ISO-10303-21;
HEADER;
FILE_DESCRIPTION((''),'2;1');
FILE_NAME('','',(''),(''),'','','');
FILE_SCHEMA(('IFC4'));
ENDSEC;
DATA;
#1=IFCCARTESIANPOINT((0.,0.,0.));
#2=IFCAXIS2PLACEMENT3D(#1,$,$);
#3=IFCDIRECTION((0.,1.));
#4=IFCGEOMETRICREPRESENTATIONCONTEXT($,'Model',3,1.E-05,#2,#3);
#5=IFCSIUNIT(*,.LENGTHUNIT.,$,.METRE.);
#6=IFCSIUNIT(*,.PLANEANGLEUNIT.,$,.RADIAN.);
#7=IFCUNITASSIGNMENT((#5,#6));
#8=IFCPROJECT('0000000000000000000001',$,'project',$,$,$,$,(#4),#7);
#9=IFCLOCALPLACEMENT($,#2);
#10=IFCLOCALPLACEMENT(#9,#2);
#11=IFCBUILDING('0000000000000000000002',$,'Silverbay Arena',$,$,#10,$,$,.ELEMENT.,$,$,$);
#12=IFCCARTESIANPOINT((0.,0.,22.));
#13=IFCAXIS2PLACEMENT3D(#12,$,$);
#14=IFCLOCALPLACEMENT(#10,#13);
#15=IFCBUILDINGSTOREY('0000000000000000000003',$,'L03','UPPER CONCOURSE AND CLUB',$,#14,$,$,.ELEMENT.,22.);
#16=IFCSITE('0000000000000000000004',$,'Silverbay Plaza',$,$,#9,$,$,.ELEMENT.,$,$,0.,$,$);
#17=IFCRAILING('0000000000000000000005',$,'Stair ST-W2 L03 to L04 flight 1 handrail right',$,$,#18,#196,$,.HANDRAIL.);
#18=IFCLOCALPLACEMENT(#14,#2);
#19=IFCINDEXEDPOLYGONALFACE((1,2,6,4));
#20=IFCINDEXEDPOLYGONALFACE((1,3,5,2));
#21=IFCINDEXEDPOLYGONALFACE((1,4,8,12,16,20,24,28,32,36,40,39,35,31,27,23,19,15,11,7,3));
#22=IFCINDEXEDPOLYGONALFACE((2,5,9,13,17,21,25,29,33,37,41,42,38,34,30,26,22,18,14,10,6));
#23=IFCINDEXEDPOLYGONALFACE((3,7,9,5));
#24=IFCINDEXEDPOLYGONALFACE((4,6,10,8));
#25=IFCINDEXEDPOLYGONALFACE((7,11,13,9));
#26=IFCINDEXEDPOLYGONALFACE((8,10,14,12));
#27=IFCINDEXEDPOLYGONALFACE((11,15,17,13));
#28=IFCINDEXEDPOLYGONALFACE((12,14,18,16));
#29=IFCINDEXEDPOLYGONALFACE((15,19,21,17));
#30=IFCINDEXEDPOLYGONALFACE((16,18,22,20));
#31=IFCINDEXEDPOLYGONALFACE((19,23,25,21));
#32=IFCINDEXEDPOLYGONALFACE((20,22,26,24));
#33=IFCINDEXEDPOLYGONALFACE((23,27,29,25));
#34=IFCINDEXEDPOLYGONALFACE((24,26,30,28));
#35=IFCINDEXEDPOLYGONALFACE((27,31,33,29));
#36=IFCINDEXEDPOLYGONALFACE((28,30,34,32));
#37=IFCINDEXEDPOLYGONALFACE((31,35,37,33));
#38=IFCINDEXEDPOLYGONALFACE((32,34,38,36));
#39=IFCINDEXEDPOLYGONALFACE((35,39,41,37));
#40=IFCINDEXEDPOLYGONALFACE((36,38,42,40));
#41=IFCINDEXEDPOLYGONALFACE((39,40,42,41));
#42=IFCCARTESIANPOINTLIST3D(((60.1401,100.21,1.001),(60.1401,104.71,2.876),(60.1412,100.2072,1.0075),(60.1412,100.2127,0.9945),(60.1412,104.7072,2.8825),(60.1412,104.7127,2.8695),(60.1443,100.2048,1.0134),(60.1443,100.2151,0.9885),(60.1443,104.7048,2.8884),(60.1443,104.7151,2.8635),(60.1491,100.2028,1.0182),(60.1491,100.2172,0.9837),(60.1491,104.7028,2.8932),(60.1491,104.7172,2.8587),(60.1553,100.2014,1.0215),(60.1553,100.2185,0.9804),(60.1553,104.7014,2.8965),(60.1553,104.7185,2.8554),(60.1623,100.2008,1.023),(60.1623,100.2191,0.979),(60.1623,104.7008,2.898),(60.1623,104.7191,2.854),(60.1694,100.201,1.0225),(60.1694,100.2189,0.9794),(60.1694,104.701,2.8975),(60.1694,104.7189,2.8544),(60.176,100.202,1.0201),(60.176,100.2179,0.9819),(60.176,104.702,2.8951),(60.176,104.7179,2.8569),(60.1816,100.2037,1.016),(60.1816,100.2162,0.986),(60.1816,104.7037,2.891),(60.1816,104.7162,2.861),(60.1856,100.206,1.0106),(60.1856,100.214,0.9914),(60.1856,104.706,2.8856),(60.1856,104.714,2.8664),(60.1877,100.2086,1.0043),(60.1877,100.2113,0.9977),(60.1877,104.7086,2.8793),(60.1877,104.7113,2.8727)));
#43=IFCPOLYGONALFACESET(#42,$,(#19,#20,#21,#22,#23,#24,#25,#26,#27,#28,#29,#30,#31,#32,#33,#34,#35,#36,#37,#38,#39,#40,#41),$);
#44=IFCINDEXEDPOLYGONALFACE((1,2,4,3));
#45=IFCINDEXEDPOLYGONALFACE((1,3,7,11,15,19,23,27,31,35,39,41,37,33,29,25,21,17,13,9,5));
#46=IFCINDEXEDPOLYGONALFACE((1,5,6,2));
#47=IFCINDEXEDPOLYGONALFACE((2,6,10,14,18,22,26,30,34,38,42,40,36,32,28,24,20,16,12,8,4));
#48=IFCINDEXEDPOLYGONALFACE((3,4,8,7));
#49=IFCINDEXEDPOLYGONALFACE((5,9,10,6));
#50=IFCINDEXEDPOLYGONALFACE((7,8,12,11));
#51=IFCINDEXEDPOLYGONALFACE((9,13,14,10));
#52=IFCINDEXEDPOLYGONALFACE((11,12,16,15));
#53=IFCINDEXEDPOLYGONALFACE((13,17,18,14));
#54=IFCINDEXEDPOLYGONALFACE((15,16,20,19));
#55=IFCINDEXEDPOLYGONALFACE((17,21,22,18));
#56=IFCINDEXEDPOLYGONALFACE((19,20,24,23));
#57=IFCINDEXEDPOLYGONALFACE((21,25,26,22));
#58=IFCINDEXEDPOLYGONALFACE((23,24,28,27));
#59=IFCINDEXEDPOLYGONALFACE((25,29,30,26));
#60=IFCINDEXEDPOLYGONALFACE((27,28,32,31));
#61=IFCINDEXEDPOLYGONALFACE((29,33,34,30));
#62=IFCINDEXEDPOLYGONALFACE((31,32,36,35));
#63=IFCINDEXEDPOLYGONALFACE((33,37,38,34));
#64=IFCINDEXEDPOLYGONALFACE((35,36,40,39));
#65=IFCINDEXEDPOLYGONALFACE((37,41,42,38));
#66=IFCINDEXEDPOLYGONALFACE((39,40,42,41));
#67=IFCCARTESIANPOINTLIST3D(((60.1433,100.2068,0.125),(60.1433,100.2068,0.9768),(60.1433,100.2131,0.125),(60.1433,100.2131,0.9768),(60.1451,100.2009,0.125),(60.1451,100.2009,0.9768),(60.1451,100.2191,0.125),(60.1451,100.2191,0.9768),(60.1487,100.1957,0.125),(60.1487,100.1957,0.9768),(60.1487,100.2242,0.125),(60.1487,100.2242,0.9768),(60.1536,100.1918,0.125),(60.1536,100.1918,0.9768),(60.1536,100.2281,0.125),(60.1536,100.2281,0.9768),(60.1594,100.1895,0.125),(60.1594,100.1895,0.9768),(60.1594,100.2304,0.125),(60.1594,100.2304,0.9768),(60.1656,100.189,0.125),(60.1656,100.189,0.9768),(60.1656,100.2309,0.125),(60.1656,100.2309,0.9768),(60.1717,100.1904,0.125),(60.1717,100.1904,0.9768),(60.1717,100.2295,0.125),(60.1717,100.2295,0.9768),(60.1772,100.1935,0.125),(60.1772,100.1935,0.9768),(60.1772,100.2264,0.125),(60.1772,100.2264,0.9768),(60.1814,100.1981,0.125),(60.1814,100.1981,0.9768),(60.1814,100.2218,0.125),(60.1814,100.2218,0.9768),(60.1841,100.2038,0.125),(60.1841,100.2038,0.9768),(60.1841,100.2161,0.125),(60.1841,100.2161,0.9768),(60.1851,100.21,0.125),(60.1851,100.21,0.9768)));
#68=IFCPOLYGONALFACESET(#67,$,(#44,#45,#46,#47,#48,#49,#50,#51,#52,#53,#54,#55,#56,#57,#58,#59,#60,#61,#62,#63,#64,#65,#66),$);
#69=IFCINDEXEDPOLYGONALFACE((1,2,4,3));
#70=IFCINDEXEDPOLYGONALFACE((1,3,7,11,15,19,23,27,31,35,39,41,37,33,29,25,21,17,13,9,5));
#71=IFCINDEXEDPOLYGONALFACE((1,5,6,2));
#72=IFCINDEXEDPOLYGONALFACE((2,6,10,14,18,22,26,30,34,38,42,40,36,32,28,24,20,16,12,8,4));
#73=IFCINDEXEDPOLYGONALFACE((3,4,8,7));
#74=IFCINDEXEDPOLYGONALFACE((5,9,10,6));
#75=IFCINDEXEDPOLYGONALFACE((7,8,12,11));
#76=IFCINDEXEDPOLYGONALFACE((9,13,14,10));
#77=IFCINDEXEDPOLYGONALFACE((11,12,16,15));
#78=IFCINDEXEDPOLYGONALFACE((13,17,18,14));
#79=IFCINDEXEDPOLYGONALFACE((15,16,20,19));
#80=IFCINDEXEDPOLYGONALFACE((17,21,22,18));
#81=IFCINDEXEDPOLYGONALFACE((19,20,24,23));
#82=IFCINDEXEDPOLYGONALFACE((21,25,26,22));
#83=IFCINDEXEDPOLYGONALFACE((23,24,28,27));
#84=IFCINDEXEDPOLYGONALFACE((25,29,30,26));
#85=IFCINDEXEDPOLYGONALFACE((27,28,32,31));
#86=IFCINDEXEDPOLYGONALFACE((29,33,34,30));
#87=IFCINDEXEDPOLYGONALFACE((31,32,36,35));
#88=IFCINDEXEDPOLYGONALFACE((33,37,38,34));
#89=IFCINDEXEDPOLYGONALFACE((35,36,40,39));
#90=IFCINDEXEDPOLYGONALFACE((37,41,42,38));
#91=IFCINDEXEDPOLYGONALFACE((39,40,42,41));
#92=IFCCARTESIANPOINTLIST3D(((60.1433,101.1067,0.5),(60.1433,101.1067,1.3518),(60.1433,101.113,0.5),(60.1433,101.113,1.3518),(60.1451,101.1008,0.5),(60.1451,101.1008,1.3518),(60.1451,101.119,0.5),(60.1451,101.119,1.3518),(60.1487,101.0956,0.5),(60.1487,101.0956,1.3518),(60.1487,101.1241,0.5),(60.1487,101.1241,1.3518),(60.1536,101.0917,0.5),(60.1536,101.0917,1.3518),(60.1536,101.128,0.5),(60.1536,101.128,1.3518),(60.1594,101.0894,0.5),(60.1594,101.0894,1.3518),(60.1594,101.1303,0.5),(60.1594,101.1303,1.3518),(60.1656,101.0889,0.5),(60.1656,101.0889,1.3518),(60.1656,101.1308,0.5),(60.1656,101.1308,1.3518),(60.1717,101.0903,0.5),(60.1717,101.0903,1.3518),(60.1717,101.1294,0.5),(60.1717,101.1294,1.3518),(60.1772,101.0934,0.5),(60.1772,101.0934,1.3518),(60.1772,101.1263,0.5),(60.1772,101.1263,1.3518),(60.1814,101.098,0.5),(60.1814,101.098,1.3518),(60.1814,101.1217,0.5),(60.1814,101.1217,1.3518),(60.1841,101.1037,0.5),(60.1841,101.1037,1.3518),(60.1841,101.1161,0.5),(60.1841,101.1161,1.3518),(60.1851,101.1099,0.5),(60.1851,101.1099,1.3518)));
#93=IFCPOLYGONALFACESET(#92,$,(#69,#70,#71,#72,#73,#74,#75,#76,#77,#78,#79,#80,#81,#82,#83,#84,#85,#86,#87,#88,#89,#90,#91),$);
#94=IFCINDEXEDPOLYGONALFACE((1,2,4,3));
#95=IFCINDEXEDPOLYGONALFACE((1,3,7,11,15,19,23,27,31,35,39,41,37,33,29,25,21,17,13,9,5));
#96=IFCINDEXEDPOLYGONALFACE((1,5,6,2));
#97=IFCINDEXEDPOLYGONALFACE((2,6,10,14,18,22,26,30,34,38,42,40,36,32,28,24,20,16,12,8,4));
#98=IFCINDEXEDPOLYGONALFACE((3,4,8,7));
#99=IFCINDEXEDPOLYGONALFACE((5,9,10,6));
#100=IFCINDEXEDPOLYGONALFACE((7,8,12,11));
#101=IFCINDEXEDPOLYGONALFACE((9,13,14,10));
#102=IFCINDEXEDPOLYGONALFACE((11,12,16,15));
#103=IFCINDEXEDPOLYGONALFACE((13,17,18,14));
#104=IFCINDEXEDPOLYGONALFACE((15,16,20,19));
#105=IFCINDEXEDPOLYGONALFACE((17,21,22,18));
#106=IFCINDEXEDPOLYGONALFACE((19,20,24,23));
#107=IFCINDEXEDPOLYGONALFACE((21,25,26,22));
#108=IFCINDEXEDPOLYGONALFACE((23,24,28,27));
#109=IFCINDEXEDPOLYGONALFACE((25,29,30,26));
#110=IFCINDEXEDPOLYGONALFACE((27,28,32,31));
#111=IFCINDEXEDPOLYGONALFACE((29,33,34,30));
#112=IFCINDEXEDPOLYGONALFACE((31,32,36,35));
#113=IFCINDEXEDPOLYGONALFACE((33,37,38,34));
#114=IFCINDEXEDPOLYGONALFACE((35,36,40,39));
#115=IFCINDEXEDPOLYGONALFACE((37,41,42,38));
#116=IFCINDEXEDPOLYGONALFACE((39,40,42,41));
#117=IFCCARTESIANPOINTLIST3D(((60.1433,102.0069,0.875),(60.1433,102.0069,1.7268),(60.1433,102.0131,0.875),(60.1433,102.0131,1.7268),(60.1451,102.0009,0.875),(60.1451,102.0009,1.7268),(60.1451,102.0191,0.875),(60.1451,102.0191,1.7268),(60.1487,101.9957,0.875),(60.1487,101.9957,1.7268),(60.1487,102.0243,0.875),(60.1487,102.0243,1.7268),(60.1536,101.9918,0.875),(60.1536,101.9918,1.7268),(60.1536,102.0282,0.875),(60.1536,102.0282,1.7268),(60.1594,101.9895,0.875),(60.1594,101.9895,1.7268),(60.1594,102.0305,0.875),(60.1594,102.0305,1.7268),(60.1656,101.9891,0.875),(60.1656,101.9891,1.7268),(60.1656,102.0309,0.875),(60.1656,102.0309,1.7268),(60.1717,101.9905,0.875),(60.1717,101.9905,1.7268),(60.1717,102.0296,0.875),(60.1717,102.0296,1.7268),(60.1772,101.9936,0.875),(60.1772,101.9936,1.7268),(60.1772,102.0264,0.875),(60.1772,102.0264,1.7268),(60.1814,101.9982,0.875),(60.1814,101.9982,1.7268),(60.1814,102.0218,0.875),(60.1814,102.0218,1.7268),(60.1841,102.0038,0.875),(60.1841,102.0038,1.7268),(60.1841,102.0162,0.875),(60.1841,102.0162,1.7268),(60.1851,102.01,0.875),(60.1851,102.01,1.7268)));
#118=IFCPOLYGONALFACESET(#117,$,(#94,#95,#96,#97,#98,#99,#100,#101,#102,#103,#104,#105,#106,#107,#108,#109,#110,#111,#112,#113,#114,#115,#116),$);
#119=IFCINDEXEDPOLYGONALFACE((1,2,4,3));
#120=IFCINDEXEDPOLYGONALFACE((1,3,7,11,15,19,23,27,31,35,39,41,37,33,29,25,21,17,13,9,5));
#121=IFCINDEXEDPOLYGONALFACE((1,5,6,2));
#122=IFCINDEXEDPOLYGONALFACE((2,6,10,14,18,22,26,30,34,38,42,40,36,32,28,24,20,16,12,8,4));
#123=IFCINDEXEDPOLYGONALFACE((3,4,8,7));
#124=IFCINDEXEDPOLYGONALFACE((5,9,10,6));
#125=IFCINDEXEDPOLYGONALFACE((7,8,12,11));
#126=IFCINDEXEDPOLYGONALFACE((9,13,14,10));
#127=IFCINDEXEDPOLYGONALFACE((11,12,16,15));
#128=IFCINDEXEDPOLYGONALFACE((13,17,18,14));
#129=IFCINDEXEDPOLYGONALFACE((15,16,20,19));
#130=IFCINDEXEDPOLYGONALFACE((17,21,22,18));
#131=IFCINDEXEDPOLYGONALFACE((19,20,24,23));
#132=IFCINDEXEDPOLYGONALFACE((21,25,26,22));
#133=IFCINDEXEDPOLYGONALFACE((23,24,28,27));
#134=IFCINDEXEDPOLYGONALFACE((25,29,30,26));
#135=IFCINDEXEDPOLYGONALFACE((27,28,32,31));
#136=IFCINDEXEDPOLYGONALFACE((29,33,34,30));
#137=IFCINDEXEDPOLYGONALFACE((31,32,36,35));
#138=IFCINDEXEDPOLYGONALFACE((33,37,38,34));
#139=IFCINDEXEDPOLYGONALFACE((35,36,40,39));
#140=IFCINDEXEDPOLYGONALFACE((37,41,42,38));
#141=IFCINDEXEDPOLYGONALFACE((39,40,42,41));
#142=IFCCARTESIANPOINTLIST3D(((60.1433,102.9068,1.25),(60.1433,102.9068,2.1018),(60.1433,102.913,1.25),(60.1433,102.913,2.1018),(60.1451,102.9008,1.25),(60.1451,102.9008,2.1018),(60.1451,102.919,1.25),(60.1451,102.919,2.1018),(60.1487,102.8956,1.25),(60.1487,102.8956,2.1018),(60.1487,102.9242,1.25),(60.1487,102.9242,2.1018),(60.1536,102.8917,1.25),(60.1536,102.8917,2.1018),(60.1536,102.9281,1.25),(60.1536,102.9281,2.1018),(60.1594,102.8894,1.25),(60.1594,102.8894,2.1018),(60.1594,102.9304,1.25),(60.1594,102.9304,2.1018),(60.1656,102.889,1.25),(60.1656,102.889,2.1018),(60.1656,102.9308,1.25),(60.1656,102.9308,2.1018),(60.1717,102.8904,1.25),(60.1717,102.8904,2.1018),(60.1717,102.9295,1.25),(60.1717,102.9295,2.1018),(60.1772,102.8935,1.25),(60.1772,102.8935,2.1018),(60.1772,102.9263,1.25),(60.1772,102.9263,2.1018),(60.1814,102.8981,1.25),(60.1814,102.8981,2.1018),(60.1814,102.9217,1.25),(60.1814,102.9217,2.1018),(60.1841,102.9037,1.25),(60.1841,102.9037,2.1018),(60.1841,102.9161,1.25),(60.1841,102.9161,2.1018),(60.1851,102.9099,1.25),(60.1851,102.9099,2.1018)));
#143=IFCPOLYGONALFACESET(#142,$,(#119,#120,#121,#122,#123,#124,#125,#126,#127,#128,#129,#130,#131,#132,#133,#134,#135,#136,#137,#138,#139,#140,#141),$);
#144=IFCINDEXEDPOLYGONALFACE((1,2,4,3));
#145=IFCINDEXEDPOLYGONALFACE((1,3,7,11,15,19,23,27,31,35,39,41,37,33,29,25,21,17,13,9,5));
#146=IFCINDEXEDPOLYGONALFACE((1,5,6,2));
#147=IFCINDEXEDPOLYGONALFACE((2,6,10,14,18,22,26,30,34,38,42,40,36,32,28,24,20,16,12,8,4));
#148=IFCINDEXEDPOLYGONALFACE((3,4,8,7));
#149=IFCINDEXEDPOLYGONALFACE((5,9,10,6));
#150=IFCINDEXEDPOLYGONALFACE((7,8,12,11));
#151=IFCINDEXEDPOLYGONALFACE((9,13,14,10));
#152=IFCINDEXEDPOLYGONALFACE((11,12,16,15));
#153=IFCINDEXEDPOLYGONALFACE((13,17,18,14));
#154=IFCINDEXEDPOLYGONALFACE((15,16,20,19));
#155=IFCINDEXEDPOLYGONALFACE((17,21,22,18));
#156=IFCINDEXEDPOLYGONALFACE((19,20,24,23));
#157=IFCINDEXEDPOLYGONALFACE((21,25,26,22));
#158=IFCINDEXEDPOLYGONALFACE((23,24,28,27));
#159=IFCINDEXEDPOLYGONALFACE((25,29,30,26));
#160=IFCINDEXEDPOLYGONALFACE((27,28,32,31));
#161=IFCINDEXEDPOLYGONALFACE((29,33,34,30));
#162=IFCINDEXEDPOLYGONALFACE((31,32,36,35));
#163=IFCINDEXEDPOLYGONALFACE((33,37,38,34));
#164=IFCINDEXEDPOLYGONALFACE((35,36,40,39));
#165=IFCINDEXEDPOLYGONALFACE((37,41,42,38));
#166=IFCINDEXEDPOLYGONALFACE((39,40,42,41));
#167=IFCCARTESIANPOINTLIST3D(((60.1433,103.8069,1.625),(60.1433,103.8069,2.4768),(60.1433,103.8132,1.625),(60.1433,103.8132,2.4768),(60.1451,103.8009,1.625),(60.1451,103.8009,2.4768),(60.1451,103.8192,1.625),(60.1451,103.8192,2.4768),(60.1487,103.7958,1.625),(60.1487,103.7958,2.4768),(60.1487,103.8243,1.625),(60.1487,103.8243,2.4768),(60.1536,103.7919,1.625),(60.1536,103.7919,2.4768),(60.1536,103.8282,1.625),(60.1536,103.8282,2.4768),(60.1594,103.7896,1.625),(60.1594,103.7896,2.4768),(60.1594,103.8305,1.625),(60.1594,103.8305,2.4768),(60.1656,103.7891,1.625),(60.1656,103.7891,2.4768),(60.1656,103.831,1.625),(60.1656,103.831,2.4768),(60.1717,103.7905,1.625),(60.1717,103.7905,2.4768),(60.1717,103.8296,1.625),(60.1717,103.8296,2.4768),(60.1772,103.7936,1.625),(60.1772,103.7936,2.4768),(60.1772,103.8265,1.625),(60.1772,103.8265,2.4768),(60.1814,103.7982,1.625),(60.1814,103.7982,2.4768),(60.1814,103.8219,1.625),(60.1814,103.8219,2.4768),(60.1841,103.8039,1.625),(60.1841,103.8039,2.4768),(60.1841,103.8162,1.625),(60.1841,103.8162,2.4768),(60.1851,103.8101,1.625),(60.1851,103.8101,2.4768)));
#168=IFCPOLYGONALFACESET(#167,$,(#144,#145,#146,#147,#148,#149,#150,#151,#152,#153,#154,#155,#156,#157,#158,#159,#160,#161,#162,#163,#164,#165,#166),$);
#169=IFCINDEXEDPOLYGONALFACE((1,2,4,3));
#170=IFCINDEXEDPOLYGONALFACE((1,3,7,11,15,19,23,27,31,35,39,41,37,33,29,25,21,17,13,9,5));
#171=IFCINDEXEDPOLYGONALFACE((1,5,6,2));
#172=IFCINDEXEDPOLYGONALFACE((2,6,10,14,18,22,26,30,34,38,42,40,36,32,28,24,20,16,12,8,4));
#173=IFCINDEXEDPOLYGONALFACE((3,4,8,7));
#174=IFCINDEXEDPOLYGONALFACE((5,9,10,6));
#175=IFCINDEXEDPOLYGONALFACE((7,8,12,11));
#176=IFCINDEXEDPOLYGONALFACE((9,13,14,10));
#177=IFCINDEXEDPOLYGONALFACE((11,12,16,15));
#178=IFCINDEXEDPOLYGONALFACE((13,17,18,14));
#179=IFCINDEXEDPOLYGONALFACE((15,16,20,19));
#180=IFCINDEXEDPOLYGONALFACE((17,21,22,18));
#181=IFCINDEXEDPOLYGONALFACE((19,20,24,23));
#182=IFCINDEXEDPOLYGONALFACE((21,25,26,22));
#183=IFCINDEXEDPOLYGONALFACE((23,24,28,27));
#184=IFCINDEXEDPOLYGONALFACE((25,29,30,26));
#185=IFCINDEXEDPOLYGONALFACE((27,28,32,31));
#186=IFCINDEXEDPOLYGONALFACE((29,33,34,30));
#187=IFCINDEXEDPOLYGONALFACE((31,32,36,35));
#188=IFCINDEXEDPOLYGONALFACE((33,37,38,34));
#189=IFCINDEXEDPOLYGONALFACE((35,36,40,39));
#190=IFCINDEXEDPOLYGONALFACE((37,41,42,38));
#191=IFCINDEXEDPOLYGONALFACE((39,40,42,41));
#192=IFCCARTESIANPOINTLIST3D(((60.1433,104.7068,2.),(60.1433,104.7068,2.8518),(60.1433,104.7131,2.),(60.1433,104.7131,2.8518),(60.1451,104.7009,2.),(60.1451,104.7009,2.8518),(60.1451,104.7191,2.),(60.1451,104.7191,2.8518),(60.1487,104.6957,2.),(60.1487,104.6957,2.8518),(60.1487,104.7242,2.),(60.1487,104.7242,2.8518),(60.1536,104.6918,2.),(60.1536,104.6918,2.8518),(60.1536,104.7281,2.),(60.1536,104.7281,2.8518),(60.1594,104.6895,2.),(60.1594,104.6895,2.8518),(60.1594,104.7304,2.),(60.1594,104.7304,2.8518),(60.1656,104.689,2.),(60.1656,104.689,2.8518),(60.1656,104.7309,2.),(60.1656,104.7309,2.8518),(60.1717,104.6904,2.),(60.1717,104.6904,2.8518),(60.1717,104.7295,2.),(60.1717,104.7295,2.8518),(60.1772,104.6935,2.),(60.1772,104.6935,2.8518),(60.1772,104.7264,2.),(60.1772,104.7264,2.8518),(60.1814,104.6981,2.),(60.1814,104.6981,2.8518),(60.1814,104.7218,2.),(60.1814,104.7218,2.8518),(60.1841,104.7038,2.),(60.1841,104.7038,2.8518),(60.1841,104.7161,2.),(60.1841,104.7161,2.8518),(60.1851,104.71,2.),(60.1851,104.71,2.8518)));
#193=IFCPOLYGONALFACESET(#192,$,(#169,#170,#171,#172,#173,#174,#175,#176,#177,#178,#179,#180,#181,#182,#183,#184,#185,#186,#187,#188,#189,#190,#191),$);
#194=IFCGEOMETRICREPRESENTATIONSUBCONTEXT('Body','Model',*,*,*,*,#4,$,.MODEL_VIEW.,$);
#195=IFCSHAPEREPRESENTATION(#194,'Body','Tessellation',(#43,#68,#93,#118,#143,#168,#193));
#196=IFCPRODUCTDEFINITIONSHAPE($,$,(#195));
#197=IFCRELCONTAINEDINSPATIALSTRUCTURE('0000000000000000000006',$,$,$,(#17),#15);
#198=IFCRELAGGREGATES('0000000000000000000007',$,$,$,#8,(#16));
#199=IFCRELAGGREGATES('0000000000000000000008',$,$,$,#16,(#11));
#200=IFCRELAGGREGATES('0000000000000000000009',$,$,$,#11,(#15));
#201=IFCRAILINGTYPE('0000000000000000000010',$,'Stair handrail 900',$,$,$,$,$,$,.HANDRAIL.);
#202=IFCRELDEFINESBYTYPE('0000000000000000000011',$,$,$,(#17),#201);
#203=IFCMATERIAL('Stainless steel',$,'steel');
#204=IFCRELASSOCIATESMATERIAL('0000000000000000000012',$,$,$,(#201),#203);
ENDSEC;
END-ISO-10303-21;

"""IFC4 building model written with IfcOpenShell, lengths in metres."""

from ifc_helpers import new_model, si_unit, direction, frame, origin, origin_2d, place, context, subcontext, project, spatial, circle, extrude, material, type_object, element, save


model = new_model("IFC4")

# Units and contexts
model_context = context("Model", 3, precision=1e-05, world=origin(), true_north=direction((0.0, 1.0)))
body_context = subcontext(model_context, "Body", "Model", "MODEL_VIEW")
ifc_project = project(units=[si_unit("LENGTHUNIT", "METRE"), si_unit("PLANEANGLEUNIT", "RADIAN")], contexts=[model_context])

# Site, building, storey
site_placement = place(None, origin())
site = spatial("IfcSite", under=ifc_project, at=site_placement, Name="Silverbay Plaza", CompositionType="ELEMENT", RefElevation=0.0)
building_placement = place(site_placement, origin())
building = spatial("IfcBuilding", under=site, at=building_placement, Name="Silverbay Arena", CompositionType="ELEMENT")
storey_placement = place(building_placement, frame((0.0, 0.0, 22.0)))
storey = spatial("IfcBuildingStorey", under=building, at=storey_placement, Name="L03", Description="UPPER CONCOURSE AND CLUB", CompositionType="ELEMENT", Elevation=22.0)

# Railing
ifc_material_1 = material(Name="Stainless steel", Category="steel")
railing_type_1 = type_object("IfcRailingType", Name="Stair handrail 900", PredefinedType="HANDRAIL", material=ifc_material_1)
for number, where, name in (
    (1, (60.1641, 100.21, 0.125), "Stair ST-W2 L03 to L04 flight 1 handrail right"),
):
    element("IfcRailing", number, at=place(storey_placement, frame(where)), inside=storey, type_object=railing_type_1, Name=name, PredefinedType="HANDRAIL", context=body_context, shape_type="SweptSolid", body=[
        extrude(circle(Radius=0.0239, at=origin_2d()), frame((0.0, 0.0, 0.876), z_axis=(0.0, 0.923077, 0.384615), x_axis=(-1.0, 0.0, 0.0)), (0.0, 0.0, 1.0), 4.875),
        extrude(circle(Radius=0.021, at=origin_2d()), origin(), (0.0, 0.0, 1.0), 0.8518),
        extrude(circle(Radius=0.021, at=origin_2d()), frame((0.0, 0.8999, 0.375)), (0.0, 0.0, 1.0), 0.8518),
        extrude(circle(Radius=0.021, at=origin_2d()), frame((0.0, 1.8, 0.75)), (0.0, 0.0, 1.0), 0.8518),
        extrude(circle(Radius=0.021, at=origin_2d()), frame((0.0, 2.7, 1.125)), (0.0, 0.0, 1.0), 0.8518),
        extrude(circle(Radius=0.021, at=origin_2d()), frame((0.0, 3.6001, 1.5)), (0.0, 0.0, 1.0), 0.8518),
        extrude(circle(Radius=0.021, at=origin_2d()), frame((0.0, 4.5, 1.875)), (0.0, 0.0, 1.0), 0.8518),
    ])

save(model, "model.ifc")
